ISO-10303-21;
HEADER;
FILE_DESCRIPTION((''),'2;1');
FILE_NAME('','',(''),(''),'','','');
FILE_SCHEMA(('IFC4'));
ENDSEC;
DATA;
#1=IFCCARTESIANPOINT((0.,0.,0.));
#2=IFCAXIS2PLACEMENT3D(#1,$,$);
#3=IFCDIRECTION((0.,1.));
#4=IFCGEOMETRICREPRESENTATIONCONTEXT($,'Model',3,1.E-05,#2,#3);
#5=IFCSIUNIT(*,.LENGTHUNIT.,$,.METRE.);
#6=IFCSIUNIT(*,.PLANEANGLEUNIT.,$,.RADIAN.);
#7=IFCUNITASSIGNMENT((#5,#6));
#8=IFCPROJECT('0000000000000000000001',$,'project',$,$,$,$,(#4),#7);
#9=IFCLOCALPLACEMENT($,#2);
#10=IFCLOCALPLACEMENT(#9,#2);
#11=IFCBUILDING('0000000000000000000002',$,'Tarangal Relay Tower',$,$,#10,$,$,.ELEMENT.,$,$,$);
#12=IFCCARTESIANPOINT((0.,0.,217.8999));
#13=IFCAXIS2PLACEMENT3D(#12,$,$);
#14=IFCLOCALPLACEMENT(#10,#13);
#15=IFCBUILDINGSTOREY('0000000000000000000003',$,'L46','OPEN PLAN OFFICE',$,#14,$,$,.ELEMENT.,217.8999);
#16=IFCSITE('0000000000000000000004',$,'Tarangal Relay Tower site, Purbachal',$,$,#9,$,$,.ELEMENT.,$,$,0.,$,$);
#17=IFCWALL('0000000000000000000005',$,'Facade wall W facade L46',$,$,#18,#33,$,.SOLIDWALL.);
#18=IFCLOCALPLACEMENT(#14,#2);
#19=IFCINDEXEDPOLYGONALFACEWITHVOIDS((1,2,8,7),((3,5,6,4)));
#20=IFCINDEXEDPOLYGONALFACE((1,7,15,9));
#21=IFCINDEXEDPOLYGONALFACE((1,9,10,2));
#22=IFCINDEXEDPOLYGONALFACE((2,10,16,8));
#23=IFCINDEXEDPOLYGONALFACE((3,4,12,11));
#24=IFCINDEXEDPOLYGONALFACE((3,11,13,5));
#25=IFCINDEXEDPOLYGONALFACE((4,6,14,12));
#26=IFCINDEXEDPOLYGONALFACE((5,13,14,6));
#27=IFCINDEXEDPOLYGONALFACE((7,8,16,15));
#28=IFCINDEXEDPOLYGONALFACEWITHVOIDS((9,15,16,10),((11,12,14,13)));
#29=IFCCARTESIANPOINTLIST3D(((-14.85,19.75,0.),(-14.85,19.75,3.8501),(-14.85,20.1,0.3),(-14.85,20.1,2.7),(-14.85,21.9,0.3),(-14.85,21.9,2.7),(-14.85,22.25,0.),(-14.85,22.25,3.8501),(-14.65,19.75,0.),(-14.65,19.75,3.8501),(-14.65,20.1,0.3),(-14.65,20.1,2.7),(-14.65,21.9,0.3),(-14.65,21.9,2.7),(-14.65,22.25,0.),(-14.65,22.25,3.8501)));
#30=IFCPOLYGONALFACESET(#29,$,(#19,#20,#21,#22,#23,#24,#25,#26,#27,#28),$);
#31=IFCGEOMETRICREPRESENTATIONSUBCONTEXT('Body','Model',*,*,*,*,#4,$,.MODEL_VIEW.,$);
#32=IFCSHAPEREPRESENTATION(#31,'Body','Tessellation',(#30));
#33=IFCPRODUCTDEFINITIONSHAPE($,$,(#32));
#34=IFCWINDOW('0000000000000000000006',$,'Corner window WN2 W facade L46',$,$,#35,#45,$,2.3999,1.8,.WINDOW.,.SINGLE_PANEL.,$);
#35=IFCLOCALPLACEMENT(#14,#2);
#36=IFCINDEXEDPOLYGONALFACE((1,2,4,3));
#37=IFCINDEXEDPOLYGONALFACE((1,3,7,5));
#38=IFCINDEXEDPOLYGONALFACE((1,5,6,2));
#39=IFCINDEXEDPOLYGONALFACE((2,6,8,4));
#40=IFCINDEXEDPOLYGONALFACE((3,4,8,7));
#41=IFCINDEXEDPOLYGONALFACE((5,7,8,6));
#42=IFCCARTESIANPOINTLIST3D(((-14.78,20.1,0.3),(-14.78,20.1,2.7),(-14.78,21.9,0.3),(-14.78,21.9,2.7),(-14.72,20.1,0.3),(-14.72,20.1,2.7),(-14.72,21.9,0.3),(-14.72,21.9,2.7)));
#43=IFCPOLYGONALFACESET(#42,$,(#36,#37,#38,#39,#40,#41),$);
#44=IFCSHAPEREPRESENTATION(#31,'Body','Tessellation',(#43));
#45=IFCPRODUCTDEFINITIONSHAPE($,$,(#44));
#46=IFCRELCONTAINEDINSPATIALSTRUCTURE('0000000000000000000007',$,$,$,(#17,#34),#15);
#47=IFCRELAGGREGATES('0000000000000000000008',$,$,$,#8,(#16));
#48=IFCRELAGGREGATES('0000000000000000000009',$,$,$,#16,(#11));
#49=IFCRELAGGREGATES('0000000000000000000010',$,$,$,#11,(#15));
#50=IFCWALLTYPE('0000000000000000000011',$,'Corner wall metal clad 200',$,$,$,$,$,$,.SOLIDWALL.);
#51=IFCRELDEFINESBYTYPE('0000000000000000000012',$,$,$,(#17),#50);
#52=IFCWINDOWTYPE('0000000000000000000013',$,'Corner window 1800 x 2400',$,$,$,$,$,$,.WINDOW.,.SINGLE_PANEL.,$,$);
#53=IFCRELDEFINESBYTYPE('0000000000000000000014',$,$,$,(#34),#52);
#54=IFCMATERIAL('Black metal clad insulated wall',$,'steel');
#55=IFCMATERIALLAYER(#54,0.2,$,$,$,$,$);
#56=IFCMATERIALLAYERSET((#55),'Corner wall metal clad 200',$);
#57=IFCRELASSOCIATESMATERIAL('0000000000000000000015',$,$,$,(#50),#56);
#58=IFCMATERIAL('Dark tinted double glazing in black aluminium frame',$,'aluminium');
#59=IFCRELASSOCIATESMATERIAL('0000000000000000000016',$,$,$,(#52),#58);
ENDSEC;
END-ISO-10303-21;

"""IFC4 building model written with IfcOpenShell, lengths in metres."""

from ifc_helpers import new_model, si_unit, direction, frame, frame_2d, origin, place, context, subcontext, project, spatial, rectangle, extrude, material, layer, layer_set, type_object, element, fill, save


model = new_model("IFC4")

# Units and contexts
model_context = context("Model", 3, precision=1e-05, world=origin(), true_north=direction((0.0, 1.0)))
body_context = subcontext(model_context, "Body", "Model", "MODEL_VIEW")
ifc_project = project(units=[si_unit("LENGTHUNIT", "METRE"), si_unit("PLANEANGLEUNIT", "RADIAN")], contexts=[model_context])

# Site, building, storey
site_placement = place(None, origin())
site = spatial("IfcSite", under=ifc_project, at=site_placement, Name="Tarangal Relay Tower site, Purbachal", CompositionType="ELEMENT", RefElevation=0.0)
building_placement = place(site_placement, origin())
building = spatial("IfcBuilding", under=site, at=building_placement, Name="Tarangal Relay Tower", CompositionType="ELEMENT")
storey_placement = place(building_placement, frame((0.0, 0.0, 217.8999)))
storey = spatial("IfcBuildingStorey", under=building, at=storey_placement, Name="L46", Description="OPEN PLAN OFFICE", CompositionType="ELEMENT", Elevation=217.8999)

# Shared definitions
ifc_material_1 = material(Name="Black metal clad insulated wall", Category="steel")
ifc_layer_1 = layer(ifc_material_1, 0.2)
ifc_layer_set_1 = layer_set([ifc_layer_1], Name="Corner wall metal clad 200")
wall_type = type_object("IfcWallType", Name="Corner wall metal clad 200", PredefinedType="SOLIDWALL", material=ifc_layer_set_1)

# Shared definitions
ifc_material_2 = material(Name="Dark tinted double glazing in black aluminium frame", Category="aluminium")
window_type = type_object("IfcWindowType", Name="Corner window 1800 x 2400", PartitioningType="SINGLE_PANEL", PredefinedType="WINDOW", material=ifc_material_2)

# Wall, opening, window
wall_1_placement = place(storey_placement, frame((-14.75, 19.75, 0.0), z_axis=(0.0, 0.0, 1.0), x_axis=(0.0, 1.0, 0.0)))
wall_1 = element("IfcWall", 1, at=wall_1_placement, inside=storey, type_object=wall_type, Name="Facade wall W facade L46", PredefinedType="SOLIDWALL", context=body_context, shape_type="SweptSolid", body=[
    extrude(rectangle(XDim=2.5, YDim=0.2, at=frame_2d((1.25, 0.0))), origin(), (0.0, 0.0, 1.0), 3.8501),
])
opening_1_placement = place(wall_1_placement, frame((0.3501, 0.0, 0.3)))
opening_1 = element("IfcOpeningElement", 2, at=opening_1_placement, cuts=wall_1, PredefinedType="OPENING", context=body_context, shape_type="SweptSolid", body=[
    extrude(rectangle(XDim=1.8, YDim=2.3999, at=frame_2d((0.8999, 1.2))), frame((0.0, 0.1099, 0.0), z_axis=(0.0, -1.0, 0.0), x_axis=(1.0, 0.0, 0.0)), (0.0, 0.0, 1.0), 0.22),
])
window_1_placement = place(opening_1_placement, origin())
window_1 = element("IfcWindow", 3, at=window_1_placement, inside=storey, type_object=window_type, Name="Corner window WN2 W facade L46", OverallHeight=2.3999, OverallWidth=1.8, PartitioningType="SINGLE_PANEL", PredefinedType="WINDOW", context=body_context, shape_type="SweptSolid", body=[
    extrude(rectangle(XDim=1.8, YDim=2.3999, at=frame_2d((0.8999, 1.2))), frame((0.0, 0.03, 0.0), z_axis=(0.0, -1.0, 0.0), x_axis=(1.0, 0.0, 0.0)), (0.0, 0.0, 1.0), 0.0601),
])
fill(opening_1, window_1)

save(model, "model.ifc")
